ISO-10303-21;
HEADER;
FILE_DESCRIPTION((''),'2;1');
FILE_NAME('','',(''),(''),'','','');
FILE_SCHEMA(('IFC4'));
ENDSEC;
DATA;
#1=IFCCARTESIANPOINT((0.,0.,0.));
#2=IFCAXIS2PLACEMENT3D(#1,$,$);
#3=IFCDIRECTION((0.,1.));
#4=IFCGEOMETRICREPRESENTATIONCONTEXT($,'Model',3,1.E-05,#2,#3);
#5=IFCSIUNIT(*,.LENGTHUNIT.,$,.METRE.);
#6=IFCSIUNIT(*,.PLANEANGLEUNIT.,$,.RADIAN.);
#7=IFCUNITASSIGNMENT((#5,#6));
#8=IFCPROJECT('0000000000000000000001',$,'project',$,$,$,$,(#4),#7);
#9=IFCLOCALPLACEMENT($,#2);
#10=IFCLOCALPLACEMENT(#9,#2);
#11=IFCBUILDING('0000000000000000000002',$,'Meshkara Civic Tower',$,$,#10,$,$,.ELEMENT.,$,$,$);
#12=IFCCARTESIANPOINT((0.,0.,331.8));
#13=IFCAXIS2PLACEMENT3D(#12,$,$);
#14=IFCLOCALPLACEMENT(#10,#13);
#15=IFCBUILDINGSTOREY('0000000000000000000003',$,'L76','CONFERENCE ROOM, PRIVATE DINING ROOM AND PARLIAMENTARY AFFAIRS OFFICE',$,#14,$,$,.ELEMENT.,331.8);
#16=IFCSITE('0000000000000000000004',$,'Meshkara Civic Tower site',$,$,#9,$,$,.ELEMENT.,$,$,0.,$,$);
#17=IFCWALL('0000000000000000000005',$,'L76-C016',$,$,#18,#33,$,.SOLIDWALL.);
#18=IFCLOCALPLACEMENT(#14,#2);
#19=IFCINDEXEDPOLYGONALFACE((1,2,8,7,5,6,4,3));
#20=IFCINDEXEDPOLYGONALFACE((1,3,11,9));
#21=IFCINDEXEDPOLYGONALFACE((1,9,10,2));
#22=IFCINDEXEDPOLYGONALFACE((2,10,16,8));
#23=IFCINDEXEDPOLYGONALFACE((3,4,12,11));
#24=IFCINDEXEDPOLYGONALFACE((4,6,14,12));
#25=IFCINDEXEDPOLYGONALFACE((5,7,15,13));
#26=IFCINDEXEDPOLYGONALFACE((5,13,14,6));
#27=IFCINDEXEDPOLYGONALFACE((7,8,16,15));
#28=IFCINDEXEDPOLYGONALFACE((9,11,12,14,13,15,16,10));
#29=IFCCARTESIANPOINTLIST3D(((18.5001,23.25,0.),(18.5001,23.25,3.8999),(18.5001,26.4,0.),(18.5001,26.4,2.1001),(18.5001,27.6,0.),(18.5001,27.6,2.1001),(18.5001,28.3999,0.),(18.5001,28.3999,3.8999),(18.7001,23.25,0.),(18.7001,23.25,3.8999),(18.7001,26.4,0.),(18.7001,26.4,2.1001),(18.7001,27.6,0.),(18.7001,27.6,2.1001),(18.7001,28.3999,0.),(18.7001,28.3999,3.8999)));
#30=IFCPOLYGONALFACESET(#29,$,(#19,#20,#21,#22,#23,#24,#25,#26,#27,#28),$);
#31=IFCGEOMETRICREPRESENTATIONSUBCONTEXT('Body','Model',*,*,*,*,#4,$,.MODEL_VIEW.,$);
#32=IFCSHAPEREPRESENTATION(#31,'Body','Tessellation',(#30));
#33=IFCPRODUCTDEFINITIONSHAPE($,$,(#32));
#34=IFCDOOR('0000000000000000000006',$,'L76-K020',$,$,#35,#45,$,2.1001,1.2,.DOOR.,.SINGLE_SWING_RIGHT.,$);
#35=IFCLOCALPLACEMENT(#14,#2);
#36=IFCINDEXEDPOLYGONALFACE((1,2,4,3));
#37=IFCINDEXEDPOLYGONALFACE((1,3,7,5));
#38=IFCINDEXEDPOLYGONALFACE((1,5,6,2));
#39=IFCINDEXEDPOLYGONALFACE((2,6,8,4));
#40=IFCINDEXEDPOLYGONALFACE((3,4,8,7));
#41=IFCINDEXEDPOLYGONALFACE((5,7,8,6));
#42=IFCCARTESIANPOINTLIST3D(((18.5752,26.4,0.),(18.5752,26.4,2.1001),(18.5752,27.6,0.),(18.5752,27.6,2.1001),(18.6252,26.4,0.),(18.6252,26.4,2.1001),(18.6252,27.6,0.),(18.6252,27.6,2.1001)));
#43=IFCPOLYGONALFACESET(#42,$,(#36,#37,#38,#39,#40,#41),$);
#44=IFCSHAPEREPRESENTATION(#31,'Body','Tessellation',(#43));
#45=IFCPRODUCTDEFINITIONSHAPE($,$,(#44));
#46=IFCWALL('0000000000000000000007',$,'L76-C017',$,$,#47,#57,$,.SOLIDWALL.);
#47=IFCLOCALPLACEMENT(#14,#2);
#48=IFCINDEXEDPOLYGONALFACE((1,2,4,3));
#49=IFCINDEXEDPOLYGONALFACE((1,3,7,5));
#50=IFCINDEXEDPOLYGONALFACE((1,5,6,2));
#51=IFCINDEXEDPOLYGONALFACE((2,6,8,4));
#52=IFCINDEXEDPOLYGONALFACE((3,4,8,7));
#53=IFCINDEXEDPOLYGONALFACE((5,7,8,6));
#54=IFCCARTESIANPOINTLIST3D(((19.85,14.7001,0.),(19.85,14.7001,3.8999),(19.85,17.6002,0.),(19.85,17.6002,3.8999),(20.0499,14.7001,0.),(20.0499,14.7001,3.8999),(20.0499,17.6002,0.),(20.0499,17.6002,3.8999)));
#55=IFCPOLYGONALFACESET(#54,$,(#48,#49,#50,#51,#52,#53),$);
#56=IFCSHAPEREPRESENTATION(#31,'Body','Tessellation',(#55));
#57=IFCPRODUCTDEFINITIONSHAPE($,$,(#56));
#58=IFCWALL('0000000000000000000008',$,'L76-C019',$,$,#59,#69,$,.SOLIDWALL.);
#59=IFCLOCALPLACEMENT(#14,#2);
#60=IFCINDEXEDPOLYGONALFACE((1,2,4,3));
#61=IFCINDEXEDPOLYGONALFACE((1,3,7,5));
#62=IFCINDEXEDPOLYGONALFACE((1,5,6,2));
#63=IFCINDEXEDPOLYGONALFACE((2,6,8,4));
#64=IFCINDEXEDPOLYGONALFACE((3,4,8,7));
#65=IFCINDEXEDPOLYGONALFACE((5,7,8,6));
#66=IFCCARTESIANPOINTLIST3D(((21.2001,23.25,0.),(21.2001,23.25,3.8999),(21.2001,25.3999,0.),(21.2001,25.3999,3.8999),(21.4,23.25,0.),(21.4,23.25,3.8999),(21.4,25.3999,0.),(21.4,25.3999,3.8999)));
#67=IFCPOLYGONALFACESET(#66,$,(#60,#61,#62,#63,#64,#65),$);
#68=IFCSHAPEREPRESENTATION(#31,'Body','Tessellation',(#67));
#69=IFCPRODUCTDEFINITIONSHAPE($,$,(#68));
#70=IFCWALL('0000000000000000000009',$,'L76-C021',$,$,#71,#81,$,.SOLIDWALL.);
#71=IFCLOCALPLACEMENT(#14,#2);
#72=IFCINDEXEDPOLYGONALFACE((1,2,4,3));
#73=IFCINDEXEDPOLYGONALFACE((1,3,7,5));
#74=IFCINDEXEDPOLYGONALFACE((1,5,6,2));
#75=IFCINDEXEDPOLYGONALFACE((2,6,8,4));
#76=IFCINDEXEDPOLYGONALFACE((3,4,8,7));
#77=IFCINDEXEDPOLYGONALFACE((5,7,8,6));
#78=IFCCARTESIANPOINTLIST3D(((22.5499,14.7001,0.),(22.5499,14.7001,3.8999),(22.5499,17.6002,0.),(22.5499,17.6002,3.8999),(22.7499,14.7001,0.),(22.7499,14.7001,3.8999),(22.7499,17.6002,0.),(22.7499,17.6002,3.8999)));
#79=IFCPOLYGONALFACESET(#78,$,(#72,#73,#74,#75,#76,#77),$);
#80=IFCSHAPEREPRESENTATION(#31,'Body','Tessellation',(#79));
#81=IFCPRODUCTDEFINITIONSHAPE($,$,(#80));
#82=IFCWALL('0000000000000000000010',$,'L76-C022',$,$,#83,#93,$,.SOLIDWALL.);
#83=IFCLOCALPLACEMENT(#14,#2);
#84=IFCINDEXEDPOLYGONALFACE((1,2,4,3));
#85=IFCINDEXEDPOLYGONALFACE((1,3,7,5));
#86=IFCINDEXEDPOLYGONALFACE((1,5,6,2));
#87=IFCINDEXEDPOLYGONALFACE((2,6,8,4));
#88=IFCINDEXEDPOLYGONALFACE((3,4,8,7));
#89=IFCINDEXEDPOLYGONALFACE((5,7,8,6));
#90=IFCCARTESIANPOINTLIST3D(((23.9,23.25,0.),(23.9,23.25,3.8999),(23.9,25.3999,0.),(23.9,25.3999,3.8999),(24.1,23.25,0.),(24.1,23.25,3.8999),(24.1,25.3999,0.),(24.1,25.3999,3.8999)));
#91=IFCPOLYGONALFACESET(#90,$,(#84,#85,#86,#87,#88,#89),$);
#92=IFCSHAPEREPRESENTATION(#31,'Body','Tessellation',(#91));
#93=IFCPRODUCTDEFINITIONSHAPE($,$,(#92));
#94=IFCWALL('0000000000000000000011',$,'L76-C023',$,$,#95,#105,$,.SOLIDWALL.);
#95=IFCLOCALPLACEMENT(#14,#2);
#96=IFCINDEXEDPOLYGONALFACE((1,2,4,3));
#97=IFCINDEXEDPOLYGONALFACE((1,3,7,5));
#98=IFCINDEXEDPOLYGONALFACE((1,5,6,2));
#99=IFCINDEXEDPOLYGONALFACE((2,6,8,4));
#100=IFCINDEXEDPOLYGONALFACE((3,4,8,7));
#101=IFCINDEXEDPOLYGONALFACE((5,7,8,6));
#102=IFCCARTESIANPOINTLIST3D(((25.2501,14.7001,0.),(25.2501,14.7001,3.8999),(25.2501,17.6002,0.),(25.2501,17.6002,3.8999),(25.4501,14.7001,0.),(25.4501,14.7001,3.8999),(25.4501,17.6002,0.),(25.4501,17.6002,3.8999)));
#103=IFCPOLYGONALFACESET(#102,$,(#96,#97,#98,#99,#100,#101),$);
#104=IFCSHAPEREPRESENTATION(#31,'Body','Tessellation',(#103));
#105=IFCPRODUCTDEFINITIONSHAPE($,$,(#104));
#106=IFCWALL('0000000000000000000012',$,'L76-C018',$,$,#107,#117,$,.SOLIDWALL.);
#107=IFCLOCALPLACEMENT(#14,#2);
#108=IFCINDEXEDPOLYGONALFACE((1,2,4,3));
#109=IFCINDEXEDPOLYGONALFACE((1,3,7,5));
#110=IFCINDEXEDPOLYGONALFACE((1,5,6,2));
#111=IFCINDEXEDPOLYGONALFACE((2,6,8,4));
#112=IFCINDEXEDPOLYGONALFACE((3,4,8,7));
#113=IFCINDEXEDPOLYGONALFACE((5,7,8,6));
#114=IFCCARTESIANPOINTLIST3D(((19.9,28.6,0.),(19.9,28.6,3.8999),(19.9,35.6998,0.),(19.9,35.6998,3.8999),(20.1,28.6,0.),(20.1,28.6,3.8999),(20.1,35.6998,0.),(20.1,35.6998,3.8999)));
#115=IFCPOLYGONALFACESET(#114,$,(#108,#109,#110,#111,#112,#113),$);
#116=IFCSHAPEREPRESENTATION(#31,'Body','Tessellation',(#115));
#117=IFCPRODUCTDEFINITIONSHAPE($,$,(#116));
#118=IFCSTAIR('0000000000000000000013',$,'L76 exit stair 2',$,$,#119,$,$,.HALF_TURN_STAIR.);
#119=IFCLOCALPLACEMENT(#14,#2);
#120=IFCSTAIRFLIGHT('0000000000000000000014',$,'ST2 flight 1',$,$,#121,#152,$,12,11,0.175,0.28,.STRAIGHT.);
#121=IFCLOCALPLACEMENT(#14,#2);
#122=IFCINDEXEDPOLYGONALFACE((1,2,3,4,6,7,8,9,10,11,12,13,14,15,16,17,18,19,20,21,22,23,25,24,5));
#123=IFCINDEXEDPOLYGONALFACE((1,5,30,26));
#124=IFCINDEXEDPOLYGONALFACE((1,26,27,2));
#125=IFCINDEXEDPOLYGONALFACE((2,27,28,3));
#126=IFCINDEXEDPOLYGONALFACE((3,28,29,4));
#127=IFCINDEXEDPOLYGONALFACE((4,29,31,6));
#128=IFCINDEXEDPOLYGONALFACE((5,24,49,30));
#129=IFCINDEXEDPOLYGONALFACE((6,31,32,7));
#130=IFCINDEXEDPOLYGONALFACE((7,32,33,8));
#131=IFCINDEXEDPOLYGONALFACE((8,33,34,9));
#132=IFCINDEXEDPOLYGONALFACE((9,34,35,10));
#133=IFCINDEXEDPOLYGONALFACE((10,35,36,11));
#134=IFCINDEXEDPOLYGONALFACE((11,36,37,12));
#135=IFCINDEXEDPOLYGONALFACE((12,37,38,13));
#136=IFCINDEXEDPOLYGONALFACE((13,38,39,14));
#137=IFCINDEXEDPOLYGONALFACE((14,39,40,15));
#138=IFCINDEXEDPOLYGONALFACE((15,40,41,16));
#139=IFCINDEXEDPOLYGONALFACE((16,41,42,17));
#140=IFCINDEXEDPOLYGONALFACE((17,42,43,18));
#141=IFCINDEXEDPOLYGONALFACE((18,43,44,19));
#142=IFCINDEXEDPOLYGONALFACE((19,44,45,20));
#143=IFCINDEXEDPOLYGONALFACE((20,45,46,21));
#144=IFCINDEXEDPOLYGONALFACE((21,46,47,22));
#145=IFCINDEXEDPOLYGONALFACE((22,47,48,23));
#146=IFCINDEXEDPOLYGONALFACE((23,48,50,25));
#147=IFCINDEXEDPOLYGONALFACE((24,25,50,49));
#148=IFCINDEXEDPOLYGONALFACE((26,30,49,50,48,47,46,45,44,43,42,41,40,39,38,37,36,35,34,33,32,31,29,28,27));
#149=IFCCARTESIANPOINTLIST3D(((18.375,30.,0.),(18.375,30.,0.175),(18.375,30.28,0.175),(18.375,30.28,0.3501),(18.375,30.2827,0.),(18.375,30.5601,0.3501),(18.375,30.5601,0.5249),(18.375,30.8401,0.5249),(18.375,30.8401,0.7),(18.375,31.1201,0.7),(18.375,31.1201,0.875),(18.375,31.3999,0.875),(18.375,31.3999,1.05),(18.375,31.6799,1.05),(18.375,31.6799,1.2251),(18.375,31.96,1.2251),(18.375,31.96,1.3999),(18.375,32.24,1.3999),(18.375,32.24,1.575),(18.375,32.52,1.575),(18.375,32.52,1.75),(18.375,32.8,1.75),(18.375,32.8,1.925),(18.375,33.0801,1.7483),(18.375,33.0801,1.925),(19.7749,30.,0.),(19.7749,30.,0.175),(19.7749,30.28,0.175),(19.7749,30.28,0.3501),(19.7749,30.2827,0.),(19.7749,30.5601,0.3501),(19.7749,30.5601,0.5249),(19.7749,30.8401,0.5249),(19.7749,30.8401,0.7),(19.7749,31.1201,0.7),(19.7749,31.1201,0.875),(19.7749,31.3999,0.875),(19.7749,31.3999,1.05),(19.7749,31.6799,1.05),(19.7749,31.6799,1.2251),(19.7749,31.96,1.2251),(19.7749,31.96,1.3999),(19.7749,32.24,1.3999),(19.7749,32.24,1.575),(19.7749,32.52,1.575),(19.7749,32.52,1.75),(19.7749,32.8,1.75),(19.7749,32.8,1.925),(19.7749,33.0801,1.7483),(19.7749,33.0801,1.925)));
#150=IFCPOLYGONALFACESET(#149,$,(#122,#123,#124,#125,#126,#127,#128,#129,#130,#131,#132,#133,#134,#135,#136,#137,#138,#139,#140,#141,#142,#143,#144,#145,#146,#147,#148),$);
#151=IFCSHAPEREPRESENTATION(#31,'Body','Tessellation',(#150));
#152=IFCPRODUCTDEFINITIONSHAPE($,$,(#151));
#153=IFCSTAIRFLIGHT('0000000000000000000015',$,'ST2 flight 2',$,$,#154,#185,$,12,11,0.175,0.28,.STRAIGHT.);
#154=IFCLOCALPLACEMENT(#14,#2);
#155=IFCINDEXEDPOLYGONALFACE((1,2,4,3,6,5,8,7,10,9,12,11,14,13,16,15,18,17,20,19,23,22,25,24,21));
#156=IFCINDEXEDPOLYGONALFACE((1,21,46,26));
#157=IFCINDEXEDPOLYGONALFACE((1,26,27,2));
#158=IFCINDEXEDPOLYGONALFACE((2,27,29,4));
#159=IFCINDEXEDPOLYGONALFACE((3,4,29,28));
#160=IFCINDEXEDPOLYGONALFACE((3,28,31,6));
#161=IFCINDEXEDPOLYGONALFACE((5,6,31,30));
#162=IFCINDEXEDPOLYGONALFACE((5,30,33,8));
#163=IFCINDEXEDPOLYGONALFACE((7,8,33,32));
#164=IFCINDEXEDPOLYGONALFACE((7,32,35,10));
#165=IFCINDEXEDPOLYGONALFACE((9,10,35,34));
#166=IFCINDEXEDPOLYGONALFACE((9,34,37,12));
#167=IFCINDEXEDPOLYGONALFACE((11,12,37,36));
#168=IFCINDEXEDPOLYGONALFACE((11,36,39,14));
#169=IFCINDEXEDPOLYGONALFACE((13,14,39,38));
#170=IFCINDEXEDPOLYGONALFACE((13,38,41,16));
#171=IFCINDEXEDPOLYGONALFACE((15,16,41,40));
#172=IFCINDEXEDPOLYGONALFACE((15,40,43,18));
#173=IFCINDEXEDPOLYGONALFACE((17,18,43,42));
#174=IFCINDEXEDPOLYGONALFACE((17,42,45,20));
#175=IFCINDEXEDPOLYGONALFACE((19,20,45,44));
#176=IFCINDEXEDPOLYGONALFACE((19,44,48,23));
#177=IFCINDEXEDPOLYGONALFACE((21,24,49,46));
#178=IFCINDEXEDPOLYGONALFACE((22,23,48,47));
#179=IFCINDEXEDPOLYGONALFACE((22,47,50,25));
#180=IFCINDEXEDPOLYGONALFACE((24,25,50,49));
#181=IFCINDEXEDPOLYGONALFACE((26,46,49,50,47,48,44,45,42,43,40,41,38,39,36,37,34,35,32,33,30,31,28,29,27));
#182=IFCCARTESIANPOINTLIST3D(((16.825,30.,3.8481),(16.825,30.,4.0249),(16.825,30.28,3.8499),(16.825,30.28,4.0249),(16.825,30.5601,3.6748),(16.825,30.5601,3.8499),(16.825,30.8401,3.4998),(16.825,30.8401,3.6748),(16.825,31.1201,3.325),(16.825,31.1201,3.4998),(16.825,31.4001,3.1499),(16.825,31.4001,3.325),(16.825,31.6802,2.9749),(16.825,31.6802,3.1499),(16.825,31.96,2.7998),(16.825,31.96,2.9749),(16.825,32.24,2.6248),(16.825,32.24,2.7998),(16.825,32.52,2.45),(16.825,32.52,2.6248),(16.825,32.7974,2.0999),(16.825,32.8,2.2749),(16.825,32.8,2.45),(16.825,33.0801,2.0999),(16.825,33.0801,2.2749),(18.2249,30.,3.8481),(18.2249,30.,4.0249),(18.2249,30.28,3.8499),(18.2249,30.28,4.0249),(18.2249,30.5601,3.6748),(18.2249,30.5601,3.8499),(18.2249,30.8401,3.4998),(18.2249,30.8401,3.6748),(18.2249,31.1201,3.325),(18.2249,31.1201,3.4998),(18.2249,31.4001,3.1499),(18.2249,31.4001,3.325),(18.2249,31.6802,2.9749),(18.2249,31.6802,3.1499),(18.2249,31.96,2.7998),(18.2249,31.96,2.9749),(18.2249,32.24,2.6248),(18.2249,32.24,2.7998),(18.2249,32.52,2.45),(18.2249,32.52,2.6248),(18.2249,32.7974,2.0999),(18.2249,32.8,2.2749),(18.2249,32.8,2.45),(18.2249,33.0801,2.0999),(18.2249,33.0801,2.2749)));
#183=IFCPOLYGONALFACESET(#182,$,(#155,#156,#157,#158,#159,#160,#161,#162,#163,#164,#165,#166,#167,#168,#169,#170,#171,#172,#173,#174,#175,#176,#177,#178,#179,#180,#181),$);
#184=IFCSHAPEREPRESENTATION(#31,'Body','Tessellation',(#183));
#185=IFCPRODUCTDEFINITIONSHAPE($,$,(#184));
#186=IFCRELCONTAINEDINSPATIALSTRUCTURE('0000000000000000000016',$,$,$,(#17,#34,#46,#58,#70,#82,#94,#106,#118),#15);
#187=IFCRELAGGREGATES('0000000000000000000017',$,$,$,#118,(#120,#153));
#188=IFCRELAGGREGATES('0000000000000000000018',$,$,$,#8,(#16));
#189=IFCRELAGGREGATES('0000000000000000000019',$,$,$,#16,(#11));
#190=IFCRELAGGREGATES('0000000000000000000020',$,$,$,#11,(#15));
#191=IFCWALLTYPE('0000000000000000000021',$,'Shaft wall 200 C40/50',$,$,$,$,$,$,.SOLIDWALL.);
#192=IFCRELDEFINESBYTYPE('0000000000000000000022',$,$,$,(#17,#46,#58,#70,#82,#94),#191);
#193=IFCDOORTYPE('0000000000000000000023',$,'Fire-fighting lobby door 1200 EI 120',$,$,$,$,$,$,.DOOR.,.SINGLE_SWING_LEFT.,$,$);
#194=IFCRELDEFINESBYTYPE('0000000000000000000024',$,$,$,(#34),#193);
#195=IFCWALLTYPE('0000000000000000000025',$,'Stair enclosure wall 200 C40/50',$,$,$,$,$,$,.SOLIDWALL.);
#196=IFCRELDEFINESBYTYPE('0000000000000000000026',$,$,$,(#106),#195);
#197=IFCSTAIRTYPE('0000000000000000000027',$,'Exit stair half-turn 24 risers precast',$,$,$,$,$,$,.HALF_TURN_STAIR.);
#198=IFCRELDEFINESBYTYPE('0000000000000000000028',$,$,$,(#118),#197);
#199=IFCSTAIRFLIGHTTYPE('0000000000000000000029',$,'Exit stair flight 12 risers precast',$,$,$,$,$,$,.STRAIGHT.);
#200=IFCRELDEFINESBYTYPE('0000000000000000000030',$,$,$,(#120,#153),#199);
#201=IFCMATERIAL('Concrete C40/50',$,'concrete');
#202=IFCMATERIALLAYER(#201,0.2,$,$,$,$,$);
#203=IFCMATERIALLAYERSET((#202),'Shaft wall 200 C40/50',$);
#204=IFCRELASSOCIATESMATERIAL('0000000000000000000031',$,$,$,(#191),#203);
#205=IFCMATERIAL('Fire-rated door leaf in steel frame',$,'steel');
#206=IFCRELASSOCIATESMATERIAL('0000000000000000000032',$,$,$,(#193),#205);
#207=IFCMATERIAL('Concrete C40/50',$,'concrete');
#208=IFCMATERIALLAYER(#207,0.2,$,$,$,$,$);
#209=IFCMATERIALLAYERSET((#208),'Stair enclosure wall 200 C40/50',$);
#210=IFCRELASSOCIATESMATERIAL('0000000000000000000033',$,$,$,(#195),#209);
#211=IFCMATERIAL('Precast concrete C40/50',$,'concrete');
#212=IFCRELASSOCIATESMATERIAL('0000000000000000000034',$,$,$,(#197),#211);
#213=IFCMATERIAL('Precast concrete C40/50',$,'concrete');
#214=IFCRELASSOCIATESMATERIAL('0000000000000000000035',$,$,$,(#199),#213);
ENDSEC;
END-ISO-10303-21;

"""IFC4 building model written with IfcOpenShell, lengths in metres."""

from ifc_helpers import new_model, si_unit, direction, frame, frame_2d, origin, place, context, subcontext, project, spatial, polyline, rectangle, outline, extrude, material, layer, layer_set, type_object, element, fill, aggregate, save


model = new_model("IFC4")

# Units and contexts
model_context = context("Model", 3, precision=1e-05, world=origin(), true_north=direction((0.0, 1.0)))
body_context = subcontext(model_context, "Body", "Model", "MODEL_VIEW")
ifc_project = project(units=[si_unit("LENGTHUNIT", "METRE"), si_unit("PLANEANGLEUNIT", "RADIAN")], contexts=[model_context])

# Site, building, storey
site_placement = place(None, origin())
site = spatial("IfcSite", under=ifc_project, at=site_placement, Name="Meshkara Civic Tower site", CompositionType="ELEMENT", RefElevation=0.0)
building_placement = place(site_placement, origin())
building = spatial("IfcBuilding", under=site, at=building_placement, Name="Meshkara Civic Tower", CompositionType="ELEMENT")
storey_placement = place(building_placement, frame((0.0, 0.0, 331.8)))
storey = spatial("IfcBuildingStorey", under=building, at=storey_placement, Name="L76", Description="CONFERENCE ROOM, PRIVATE DINING ROOM AND PARLIAMENTARY AFFAIRS OFFICE", CompositionType="ELEMENT", Elevation=331.8)

# Shared definitions
ifc_material_1 = material(Name="Concrete C40/50", Category="concrete")
ifc_layer_1 = layer(ifc_material_1, 0.2)
ifc_layer_set_1 = layer_set([ifc_layer_1], Name="Shaft wall 200 C40/50")
wall_type_1 = type_object("IfcWallType", Name="Shaft wall 200 C40/50", PredefinedType="SOLIDWALL", material=ifc_layer_set_1)

# Wall, opening, door
wall_1_placement = place(storey_placement, frame((18.6001, 23.25, 0.0), z_axis=(0.0, 0.0, 1.0), x_axis=(0.0, 1.0, 0.0)))
wall_1 = element("IfcWall", 1, at=wall_1_placement, inside=storey, type_object=wall_type_1, Name="L76-C016", PredefinedType="SOLIDWALL", context=body_context, shape_type="SweptSolid", body=[
    extrude(rectangle(XDim=5.1499, YDim=0.2, at=frame_2d((2.575, 0.0))), origin(), (0.0, 0.0, 1.0), 3.8999),
])
opening_1_placement = place(wall_1_placement, frame((3.1499, 0.0, 0.0)))
opening_1 = element("IfcOpeningElement", 2, at=opening_1_placement, cuts=wall_1, PredefinedType="OPENING", context=body_context, shape_type="SweptSolid", body=[
    extrude(rectangle(XDim=1.2, YDim=2.1001, at=frame_2d((0.6001, 1.05))), frame((0.0, 0.1099, 0.0), z_axis=(0.0, -1.0, 0.0), x_axis=(1.0, 0.0, 0.0)), (0.0, 0.0, 1.0), 0.22),
])
ifc_material_2 = material(Name="Fire-rated door leaf in steel frame", Category="steel")
door_type_1 = type_object("IfcDoorType", Name="Fire-fighting lobby door 1200 EI 120", OperationType="SINGLE_SWING_LEFT", PredefinedType="DOOR", material=ifc_material_2)
door_1_placement = place(opening_1_placement, origin())
door_1 = element("IfcDoor", 3, at=door_1_placement, inside=storey, type_object=door_type_1, Name="L76-K020", OperationType="SINGLE_SWING_RIGHT", OverallHeight=2.1001, OverallWidth=1.2, PredefinedType="DOOR", context=body_context, shape_type="SweptSolid", body=[
    extrude(rectangle(XDim=1.2, YDim=2.1001, at=frame_2d((0.6001, 1.05))), frame((0.0, 0.0249, 0.0), z_axis=(0.0, -1.0, 0.0), x_axis=(1.0, 0.0, 0.0)), (0.0, 0.0, 1.0), 0.05),
])
fill(opening_1, door_1)

# Walls
wall_2_placement = place(storey_placement, frame((19.95, 14.7, 0.0), z_axis=(0.0, 0.0, 1.0), x_axis=(0.0, 1.0, 0.0)))
element("IfcWall", 4, at=wall_2_placement, inside=storey, type_object=wall_type_1, Name="L76-C017", PredefinedType="SOLIDWALL", context=body_context, shape_type="SweptSolid", body=[
    extrude(rectangle(XDim=2.9001, YDim=0.2, at=frame_2d((1.4502, 0.0))), origin(), (0.0, 0.0, 1.0), 3.8999),
])
wall_3_placement = place(storey_placement, frame((21.3, 23.25, 0.0), z_axis=(0.0, 0.0, 1.0), x_axis=(0.0, 1.0, 0.0)))
element("IfcWall", 5, at=wall_3_placement, inside=storey, type_object=wall_type_1, Name="L76-C019", PredefinedType="SOLIDWALL", context=body_context, shape_type="SweptSolid", body=[
    extrude(rectangle(XDim=2.1499, YDim=0.2, at=frame_2d((1.075, 0.0))), origin(), (0.0, 0.0, 1.0), 3.8999),
])
wall_4_placement = place(storey_placement, frame((22.6499, 14.7, 0.0), z_axis=(0.0, 0.0, 1.0), x_axis=(0.0, 1.0, 0.0)))
element("IfcWall", 6, at=wall_4_placement, inside=storey, type_object=wall_type_1, Name="L76-C021", PredefinedType="SOLIDWALL", context=body_context, shape_type="SweptSolid", body=[
    extrude(rectangle(XDim=2.9001, YDim=0.2, at=frame_2d((1.4502, 0.0))), origin(), (0.0, 0.0, 1.0), 3.8999),
])
wall_5_placement = place(storey_placement, frame((24.0, 23.25, 0.0), z_axis=(0.0, 0.0, 1.0), x_axis=(0.0, 1.0, 0.0)))
element("IfcWall", 7, at=wall_5_placement, inside=storey, type_object=wall_type_1, Name="L76-C022", PredefinedType="SOLIDWALL", context=body_context, shape_type="SweptSolid", body=[
    extrude(rectangle(XDim=2.1499, YDim=0.2, at=frame_2d((1.075, 0.0))), origin(), (0.0, 0.0, 1.0), 3.8999),
])
wall_6_placement = place(storey_placement, frame((25.3501, 14.7, 0.0), z_axis=(0.0, 0.0, 1.0), x_axis=(0.0, 1.0, 0.0)))
element("IfcWall", 8, at=wall_6_placement, inside=storey, type_object=wall_type_1, Name="L76-C023", PredefinedType="SOLIDWALL", context=body_context, shape_type="SweptSolid", body=[
    extrude(rectangle(XDim=2.9001, YDim=0.2, at=frame_2d((1.4502, 0.0))), origin(), (0.0, 0.0, 1.0), 3.8999),
])
ifc_material_3 = material(Name="Concrete C40/50", Category="concrete")
ifc_layer_2 = layer(ifc_material_3, 0.2)
ifc_layer_set_2 = layer_set([ifc_layer_2], Name="Stair enclosure wall 200 C40/50")
wall_type_2 = type_object("IfcWallType", Name="Stair enclosure wall 200 C40/50", PredefinedType="SOLIDWALL", material=ifc_layer_set_2)
wall_7_placement = place(storey_placement, frame((20.0, 28.6001, 0.0), z_axis=(0.0, 0.0, 1.0), x_axis=(0.0, 1.0, 0.0)))
element("IfcWall", 9, at=wall_7_placement, inside=storey, type_object=wall_type_2, Name="L76-C018", PredefinedType="SOLIDWALL", context=body_context, shape_type="SweptSolid", body=[
    extrude(rectangle(XDim=7.0999, YDim=0.2, at=frame_2d((3.5498, 0.0))), origin(), (0.0, 0.0, 1.0), 3.8999),
])

# Stair, stair flights
ifc_material_4 = material(Name="Precast concrete C40/50", Category="concrete")
stair_type = type_object("IfcStairType", Name="Exit stair half-turn 24 risers precast", PredefinedType="HALF_TURN_STAIR", material=ifc_material_4)
stair_placement = place(storey_placement, origin())
stair = element("IfcStair", 10, at=stair_placement, inside=storey, type_object=stair_type, Name="L76 exit stair 2", PredefinedType="HALF_TURN_STAIR")
ifc_material_5 = material(Name="Precast concrete C40/50", Category="concrete")
stair_flight_type = type_object("IfcStairFlightType", Name="Exit stair flight 12 risers precast", PredefinedType="STRAIGHT", material=ifc_material_5)
stair_flight_1_placement = place(storey_placement, frame((19.075, 30.0, 0.0), z_axis=(0.0, 0.0, 1.0), x_axis=(0.0, 1.0, 0.0)))
stair_flight_1 = element("IfcStairFlight", 11, at=stair_flight_1_placement, type_object=stair_flight_type, Name="ST2 flight 1", NumberOfRisers=12, NumberOfTreads=11, PredefinedType="STRAIGHT", RiserHeight=0.175, TreadLength=0.28, context=body_context, shape_type="SweptSolid", body=[
    extrude(outline(polyline([(0.0, 0.0), (0.0, 0.175), (0.28, 0.175), (0.28, 0.3501), (0.5601, 0.3501), (0.5601, 0.5249), (0.8401, 0.5249), (0.8401, 0.7), (1.1201, 0.7), (1.1201, 0.875), (1.3999, 0.875), (1.3999, 1.05), (1.6799, 1.05), (1.6799, 1.2251), (1.96, 1.2251), (1.96, 1.3999), (2.24, 1.3999), (2.24, 1.575), (2.52, 1.575), (2.52, 1.75), (2.8, 1.75), (2.8, 1.925), (3.0801, 1.925), (3.0801, 2.1001), (3.0801, 1.7483), (0.2827, 0.0), (0.0, 0.0)])), frame((0.0, 0.7, 0.0), z_axis=(0.0, -1.0, 0.0), x_axis=(1.0, 0.0, 0.0)), (0.0, 0.0, 1.0), 1.3999),
])
stair_flight_2_placement = place(storey_placement, frame((17.5249, 33.0801, 2.0999), z_axis=(0.0, 0.0, 1.0), x_axis=(0.0, -1.0, 0.0)))
stair_flight_2 = element("IfcStairFlight", 12, at=stair_flight_2_placement, type_object=stair_flight_type, Name="ST2 flight 2", NumberOfRisers=12, NumberOfTreads=11, PredefinedType="STRAIGHT", RiserHeight=0.175, TreadLength=0.28, context=body_context, shape_type="SweptSolid", body=[
    extrude(outline(polyline([(0.0, 0.0), (0.0, 0.175), (0.28, 0.175), (0.28, 0.3501), (0.5601, 0.3501), (0.5601, 0.5249), (0.8401, 0.5249), (0.8401, 0.7), (1.1201, 0.7), (1.1201, 0.875), (1.3999, 0.875), (1.3999, 1.05), (1.6799, 1.05), (1.6799, 1.2251), (1.96, 1.2251), (1.96, 1.3999), (2.24, 1.3999), (2.24, 1.575), (2.52, 1.575), (2.52, 1.75), (2.8, 1.75), (2.8, 1.925), (3.0801, 1.925), (3.0801, 2.1001), (3.0801, 1.7483), (0.2827, 0.0), (0.0, 0.0)])), frame((0.0, 0.7, 0.0), z_axis=(0.0, -1.0, 0.0), x_axis=(1.0, 0.0, 0.0)), (0.0, 0.0, 1.0), 1.3999),
])
aggregate(stair, [stair_flight_1, stair_flight_2])

save(model, "model.ifc")
